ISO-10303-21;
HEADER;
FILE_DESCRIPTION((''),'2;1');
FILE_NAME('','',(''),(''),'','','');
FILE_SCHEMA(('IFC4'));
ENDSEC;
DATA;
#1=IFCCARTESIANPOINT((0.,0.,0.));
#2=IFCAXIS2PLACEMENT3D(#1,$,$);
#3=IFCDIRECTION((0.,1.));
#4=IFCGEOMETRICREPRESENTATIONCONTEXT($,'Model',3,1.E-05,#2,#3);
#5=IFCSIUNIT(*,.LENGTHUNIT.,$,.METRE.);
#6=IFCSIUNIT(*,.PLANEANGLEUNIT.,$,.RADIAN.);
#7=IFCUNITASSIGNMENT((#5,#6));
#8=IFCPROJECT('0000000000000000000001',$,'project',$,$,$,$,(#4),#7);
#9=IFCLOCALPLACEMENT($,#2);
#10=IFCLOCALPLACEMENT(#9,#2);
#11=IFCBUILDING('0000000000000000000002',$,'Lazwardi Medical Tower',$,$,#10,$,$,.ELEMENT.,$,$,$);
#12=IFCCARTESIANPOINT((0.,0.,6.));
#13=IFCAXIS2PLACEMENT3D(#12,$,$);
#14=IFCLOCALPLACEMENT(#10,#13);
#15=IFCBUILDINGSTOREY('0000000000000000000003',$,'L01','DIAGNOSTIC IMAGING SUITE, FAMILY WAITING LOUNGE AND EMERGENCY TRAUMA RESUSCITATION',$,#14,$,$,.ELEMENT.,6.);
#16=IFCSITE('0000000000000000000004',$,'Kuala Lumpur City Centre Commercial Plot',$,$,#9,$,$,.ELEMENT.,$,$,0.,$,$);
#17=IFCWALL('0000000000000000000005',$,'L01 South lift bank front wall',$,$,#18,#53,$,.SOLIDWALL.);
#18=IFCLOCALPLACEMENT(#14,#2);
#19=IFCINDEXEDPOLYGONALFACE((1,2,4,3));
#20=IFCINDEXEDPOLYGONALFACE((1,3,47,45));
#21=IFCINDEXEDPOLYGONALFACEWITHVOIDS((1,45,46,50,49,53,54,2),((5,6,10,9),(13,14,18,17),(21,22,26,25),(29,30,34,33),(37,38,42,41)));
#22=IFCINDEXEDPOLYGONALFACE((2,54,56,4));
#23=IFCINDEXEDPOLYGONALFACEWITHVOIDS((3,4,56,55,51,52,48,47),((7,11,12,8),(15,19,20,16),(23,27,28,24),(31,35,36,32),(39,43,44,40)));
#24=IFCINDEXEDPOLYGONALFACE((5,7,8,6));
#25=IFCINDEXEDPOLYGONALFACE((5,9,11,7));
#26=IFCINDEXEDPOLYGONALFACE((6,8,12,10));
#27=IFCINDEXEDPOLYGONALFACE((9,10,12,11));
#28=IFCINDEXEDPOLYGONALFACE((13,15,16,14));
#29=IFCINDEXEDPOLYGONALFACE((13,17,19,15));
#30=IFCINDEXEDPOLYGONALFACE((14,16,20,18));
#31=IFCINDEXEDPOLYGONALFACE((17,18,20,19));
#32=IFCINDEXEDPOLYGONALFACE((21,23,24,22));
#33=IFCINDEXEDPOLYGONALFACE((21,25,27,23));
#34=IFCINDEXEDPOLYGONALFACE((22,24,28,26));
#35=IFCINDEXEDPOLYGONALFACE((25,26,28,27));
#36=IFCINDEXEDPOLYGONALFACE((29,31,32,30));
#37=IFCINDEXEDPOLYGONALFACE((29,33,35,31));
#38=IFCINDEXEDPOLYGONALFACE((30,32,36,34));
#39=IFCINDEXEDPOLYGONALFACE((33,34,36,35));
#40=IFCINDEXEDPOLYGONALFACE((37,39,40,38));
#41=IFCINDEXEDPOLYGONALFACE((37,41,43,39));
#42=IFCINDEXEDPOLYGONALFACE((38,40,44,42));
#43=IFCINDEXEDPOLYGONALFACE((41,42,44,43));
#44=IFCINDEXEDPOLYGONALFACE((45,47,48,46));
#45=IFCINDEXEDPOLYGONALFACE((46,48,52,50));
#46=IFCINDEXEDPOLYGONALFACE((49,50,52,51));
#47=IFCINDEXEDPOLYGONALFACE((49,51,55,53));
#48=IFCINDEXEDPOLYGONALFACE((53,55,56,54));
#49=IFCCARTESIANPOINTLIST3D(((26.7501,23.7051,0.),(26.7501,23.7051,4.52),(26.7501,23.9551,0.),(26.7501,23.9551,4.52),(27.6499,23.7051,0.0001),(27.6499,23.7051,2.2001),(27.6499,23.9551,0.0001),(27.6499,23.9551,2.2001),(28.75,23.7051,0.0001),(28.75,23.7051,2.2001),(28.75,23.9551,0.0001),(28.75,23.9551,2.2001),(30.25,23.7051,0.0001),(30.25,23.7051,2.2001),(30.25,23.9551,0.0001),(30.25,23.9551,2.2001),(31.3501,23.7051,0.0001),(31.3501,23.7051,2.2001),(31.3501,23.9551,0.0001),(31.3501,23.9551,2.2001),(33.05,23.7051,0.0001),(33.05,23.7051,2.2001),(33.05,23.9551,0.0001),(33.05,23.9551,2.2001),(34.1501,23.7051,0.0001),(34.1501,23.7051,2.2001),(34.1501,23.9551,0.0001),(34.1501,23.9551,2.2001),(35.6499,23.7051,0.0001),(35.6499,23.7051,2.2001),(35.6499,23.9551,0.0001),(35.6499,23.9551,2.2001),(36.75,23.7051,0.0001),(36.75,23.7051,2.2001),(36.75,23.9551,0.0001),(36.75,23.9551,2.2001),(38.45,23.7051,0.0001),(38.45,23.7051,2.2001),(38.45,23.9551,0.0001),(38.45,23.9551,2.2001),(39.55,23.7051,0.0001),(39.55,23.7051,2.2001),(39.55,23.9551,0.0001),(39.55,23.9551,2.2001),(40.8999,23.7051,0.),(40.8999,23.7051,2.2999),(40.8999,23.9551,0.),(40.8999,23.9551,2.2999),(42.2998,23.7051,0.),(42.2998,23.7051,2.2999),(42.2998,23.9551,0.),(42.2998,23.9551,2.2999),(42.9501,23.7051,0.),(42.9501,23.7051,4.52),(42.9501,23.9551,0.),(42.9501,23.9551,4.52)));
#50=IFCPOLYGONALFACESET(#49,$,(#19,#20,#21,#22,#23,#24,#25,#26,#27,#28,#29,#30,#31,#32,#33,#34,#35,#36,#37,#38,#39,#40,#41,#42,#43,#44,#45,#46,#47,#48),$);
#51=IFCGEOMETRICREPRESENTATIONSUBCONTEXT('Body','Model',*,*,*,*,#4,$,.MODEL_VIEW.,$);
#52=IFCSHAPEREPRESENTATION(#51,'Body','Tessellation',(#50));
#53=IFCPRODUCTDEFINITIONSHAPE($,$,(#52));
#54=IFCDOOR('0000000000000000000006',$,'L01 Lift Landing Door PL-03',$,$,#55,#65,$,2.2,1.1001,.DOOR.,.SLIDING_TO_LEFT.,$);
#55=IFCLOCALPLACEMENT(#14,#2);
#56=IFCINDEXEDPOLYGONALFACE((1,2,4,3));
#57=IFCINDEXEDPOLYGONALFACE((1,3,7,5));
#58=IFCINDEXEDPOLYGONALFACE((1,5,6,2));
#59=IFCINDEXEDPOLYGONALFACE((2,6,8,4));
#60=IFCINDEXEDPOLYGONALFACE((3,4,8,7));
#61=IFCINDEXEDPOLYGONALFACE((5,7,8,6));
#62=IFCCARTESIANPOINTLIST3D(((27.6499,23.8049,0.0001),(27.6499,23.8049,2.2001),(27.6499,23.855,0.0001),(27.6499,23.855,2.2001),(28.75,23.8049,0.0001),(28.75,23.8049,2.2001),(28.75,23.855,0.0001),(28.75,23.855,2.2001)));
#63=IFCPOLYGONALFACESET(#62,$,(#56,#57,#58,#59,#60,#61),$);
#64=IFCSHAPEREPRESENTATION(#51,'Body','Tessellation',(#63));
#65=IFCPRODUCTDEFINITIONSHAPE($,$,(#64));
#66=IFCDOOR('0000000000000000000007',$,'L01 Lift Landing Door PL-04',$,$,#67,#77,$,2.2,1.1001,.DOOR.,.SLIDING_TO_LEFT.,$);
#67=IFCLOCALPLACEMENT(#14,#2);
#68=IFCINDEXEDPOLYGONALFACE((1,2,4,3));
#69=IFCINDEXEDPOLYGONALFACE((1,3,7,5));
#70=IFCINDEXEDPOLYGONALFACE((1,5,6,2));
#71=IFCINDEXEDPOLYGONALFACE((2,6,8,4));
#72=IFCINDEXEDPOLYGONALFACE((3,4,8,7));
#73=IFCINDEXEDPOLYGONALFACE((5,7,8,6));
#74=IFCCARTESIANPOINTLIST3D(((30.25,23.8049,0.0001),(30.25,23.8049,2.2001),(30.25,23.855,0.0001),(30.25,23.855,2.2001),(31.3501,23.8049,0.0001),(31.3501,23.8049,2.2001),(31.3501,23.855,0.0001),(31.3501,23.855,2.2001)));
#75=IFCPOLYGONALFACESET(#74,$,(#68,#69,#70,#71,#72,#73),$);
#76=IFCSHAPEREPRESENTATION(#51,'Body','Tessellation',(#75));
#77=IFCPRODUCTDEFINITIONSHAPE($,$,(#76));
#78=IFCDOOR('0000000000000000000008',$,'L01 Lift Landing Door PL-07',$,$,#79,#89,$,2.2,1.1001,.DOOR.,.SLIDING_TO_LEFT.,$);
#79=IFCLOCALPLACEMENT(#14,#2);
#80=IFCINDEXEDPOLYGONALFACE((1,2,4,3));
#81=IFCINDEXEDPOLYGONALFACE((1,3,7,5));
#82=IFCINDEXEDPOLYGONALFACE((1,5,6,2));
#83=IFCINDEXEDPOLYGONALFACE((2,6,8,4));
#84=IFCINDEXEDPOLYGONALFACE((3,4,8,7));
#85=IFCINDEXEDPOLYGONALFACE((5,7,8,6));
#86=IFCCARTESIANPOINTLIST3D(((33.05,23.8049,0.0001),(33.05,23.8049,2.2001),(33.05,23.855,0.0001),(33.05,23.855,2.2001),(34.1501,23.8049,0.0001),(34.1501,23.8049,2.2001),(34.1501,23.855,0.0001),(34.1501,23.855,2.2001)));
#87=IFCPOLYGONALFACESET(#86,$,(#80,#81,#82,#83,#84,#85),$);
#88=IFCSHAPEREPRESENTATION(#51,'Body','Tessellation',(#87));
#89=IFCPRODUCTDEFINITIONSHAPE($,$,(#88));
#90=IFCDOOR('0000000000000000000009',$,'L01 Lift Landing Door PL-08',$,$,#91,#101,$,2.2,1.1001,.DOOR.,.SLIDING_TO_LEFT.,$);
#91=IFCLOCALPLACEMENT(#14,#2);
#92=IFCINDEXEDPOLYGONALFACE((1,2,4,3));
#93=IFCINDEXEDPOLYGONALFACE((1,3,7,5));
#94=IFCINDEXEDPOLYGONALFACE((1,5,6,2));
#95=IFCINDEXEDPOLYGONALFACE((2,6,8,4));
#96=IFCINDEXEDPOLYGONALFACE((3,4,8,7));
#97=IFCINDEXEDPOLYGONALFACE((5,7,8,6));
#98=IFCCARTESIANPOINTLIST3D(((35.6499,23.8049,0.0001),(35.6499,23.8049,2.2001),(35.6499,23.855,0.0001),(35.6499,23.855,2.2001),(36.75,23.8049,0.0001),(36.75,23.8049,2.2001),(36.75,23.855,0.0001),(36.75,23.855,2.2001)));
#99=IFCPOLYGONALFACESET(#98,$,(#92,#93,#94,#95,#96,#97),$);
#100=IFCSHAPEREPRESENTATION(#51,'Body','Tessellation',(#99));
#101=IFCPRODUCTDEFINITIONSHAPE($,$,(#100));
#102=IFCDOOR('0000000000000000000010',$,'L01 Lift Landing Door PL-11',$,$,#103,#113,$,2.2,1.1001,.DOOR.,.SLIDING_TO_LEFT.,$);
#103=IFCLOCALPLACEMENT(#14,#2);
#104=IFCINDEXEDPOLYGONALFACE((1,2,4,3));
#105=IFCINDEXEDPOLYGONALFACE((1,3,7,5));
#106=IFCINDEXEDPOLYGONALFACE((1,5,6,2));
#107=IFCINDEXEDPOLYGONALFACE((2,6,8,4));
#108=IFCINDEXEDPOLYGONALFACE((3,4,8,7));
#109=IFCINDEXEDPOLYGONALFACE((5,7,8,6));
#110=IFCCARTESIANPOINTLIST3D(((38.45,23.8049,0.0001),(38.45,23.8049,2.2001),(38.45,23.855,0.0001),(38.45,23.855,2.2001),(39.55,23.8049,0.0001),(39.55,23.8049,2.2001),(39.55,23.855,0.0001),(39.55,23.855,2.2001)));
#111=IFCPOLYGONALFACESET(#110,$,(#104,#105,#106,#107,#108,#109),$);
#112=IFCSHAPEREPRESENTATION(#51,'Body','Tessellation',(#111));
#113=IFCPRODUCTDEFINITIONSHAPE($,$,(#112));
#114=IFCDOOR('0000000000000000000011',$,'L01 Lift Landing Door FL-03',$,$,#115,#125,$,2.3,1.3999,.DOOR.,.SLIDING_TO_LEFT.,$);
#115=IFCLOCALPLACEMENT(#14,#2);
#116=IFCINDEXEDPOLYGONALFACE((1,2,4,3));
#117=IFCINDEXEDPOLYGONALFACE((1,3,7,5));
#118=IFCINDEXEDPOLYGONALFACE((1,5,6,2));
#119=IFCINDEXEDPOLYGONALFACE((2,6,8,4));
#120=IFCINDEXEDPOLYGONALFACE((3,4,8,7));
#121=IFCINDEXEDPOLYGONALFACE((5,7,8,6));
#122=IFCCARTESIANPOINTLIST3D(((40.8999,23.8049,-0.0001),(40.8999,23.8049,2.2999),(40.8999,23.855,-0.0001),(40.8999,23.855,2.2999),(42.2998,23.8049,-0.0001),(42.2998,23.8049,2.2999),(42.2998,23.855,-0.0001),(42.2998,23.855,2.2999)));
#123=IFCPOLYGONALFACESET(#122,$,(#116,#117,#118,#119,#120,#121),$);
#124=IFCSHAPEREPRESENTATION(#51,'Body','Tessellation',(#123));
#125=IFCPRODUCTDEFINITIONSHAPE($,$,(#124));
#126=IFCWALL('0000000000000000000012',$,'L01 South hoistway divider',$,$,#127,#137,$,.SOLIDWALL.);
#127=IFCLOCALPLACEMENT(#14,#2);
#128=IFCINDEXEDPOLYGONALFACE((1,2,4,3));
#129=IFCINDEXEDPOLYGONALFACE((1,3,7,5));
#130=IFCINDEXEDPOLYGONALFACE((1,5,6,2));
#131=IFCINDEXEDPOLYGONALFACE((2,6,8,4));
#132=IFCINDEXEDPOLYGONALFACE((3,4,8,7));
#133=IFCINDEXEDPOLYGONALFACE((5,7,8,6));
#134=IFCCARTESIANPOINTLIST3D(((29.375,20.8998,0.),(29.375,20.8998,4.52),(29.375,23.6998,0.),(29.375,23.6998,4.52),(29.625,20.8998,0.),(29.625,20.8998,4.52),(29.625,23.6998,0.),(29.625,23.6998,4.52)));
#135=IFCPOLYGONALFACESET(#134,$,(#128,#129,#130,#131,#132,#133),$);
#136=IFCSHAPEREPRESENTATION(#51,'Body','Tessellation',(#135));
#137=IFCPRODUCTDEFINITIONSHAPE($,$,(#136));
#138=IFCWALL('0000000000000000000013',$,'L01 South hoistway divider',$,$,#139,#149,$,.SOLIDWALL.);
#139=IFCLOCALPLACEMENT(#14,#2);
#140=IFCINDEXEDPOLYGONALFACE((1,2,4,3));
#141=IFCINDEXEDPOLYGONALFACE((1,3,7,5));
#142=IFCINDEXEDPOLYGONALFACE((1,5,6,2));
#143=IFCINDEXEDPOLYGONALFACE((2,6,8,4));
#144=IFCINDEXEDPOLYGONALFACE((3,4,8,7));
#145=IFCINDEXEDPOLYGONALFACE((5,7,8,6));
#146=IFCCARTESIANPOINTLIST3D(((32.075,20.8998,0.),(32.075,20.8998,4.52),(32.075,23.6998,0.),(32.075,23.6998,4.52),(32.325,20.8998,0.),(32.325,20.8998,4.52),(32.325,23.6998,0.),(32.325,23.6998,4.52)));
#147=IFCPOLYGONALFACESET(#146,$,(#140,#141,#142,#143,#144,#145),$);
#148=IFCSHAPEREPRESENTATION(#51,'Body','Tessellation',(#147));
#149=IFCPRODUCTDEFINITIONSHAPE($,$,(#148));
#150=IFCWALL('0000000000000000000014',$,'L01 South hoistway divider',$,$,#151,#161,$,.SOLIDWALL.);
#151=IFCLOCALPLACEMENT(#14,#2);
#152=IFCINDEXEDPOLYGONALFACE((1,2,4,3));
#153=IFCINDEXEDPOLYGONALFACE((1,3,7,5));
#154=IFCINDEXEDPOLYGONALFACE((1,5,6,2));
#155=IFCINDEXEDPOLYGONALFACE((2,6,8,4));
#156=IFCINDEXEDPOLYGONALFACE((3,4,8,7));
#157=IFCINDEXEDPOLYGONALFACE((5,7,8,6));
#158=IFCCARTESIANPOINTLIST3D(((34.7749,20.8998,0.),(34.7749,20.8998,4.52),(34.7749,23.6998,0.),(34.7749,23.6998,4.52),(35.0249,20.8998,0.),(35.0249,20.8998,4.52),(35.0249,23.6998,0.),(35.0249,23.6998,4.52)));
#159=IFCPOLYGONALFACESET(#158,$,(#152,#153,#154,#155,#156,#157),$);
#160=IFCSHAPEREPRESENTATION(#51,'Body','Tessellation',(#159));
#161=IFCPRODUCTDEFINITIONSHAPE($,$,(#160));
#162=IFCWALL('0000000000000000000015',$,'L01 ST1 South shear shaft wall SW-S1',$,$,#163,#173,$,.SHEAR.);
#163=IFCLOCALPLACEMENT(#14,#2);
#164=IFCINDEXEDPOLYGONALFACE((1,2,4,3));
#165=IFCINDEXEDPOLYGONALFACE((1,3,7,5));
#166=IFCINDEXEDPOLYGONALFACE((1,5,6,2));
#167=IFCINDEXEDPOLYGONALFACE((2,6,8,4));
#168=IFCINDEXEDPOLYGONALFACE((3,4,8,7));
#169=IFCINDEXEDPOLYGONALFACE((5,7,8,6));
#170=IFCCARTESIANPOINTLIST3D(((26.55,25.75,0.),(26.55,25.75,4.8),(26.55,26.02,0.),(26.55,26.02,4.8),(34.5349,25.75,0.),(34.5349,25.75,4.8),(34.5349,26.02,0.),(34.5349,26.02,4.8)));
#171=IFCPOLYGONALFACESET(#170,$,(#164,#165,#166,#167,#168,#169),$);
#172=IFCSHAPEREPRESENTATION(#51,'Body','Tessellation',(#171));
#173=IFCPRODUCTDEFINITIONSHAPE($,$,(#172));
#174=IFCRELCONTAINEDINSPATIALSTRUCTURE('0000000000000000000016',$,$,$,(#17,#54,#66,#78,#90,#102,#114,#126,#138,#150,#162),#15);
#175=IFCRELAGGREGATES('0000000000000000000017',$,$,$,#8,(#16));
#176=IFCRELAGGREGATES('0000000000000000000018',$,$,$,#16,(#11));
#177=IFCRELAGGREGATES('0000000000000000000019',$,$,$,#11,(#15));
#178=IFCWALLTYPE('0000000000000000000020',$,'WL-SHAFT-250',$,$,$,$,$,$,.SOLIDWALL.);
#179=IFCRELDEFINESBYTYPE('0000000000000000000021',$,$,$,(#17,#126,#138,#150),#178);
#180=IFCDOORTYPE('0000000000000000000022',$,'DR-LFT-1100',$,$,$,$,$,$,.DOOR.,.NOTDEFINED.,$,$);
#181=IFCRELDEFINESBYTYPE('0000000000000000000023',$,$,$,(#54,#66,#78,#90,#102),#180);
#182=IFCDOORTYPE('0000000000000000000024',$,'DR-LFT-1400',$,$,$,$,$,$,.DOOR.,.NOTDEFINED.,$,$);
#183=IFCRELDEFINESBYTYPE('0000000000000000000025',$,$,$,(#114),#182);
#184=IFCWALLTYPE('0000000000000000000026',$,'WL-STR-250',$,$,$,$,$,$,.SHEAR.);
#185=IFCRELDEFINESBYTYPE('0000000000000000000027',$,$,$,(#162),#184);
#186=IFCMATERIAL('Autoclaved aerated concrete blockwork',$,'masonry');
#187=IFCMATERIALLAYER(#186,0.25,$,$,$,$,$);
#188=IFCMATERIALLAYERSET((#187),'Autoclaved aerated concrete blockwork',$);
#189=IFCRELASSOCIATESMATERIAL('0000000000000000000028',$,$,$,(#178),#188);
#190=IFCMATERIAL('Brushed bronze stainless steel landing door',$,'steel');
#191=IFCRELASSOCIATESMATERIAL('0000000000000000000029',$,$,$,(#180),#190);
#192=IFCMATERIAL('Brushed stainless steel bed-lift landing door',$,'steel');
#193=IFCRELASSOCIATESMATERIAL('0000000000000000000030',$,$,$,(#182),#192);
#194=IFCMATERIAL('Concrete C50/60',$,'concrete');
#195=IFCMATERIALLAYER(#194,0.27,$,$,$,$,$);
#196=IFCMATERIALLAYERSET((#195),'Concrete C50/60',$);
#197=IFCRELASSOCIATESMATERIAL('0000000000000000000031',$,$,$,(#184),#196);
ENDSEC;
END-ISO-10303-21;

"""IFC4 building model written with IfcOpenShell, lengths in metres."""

from ifc_helpers import new_model, si_unit, direction, frame, frame_2d, origin, place, context, subcontext, project, spatial, rectangle, extrude, material, layer, layer_set, type_object, element, fill, save


model = new_model("IFC4")

# Units and contexts
model_context = context("Model", 3, precision=1e-05, world=origin(), true_north=direction((0.0, 1.0)))
body_context = subcontext(model_context, "Body", "Model", "MODEL_VIEW")
ifc_project = project(units=[si_unit("LENGTHUNIT", "METRE"), si_unit("PLANEANGLEUNIT", "RADIAN")], contexts=[model_context])

# Site, building, storey
site_placement = place(None, origin())
site = spatial("IfcSite", under=ifc_project, at=site_placement, Name="Kuala Lumpur City Centre Commercial Plot", CompositionType="ELEMENT", RefElevation=0.0)
building_placement = place(site_placement, origin())
building = spatial("IfcBuilding", under=site, at=building_placement, Name="Lazwardi Medical Tower", CompositionType="ELEMENT")
storey_placement = place(building_placement, frame((0.0, 0.0, 6.0)))
storey = spatial("IfcBuildingStorey", under=building, at=storey_placement, Name="L01", Description="DIAGNOSTIC IMAGING SUITE, FAMILY WAITING LOUNGE AND EMERGENCY TRAUMA RESUSCITATION", CompositionType="ELEMENT", Elevation=6.0)

# Wall, openings, doors
ifc_material_1 = material(Name="Autoclaved aerated concrete blockwork", Category="masonry")
ifc_layer_1 = layer(ifc_material_1, 0.25)
ifc_layer_set_1 = layer_set([ifc_layer_1], Name="Autoclaved aerated concrete blockwork")
wall_type_1 = type_object("IfcWallType", Name="WL-SHAFT-250", PredefinedType="SOLIDWALL", material=ifc_layer_set_1)
wall_1_placement = place(storey_placement, frame((26.75, 23.8301, 0.0), z_axis=(0.0, 0.0, 1.0), x_axis=(1.0, 0.0, 0.0)))
wall_1 = element("IfcWall", 1, at=wall_1_placement, inside=storey, type_object=wall_type_1, Name="L01 South lift bank front wall", PredefinedType="SOLIDWALL", context=body_context, shape_type="SweptSolid", body=[
    extrude(rectangle(XDim=16.2, YDim=0.25, at=frame_2d((8.1001, 0.0))), origin(), (0.0, 0.0, 1.0), 4.52),
])
opening_1_placement = place(wall_1_placement, frame((0.8999, 0.0, 0.0)))
opening_1 = element("IfcOpeningElement", 2, at=opening_1_placement, cuts=wall_1, PredefinedType="OPENING", context=body_context, shape_type="SweptSolid", body=[
    extrude(rectangle(XDim=1.1001, YDim=2.2, at=frame_2d((0.55, 1.1001))), frame((0.0, 0.135, 0.0), z_axis=(0.0, -1.0, 0.0), x_axis=(1.0, 0.0, 0.0)), (0.0, 0.0, 1.0), 0.27),
])
opening_2_placement = place(wall_1_placement, frame((3.5, 0.0, 0.0)))
opening_2 = element("IfcOpeningElement", 3, at=opening_2_placement, cuts=wall_1, PredefinedType="OPENING", context=body_context, shape_type="SweptSolid", body=[
    extrude(rectangle(XDim=1.1001, YDim=2.2, at=frame_2d((0.55, 1.1001))), frame((0.0, 0.135, 0.0), z_axis=(0.0, -1.0, 0.0), x_axis=(1.0, 0.0, 0.0)), (0.0, 0.0, 1.0), 0.27),
])
opening_3_placement = place(wall_1_placement, frame((6.3, 0.0, 0.0)))
opening_3 = element("IfcOpeningElement", 4, at=opening_3_placement, cuts=wall_1, PredefinedType="OPENING", context=body_context, shape_type="SweptSolid", body=[
    extrude(rectangle(XDim=1.1001, YDim=2.2, at=frame_2d((0.55, 1.1001))), frame((0.0, 0.135, 0.0), z_axis=(0.0, -1.0, 0.0), x_axis=(1.0, 0.0, 0.0)), (0.0, 0.0, 1.0), 0.27),
])
opening_4_placement = place(wall_1_placement, frame((8.8999, 0.0, 0.0)))
opening_4 = element("IfcOpeningElement", 5, at=opening_4_placement, cuts=wall_1, PredefinedType="OPENING", context=body_context, shape_type="SweptSolid", body=[
    extrude(rectangle(XDim=1.1001, YDim=2.2, at=frame_2d((0.55, 1.1001))), frame((0.0, 0.135, 0.0), z_axis=(0.0, -1.0, 0.0), x_axis=(1.0, 0.0, 0.0)), (0.0, 0.0, 1.0), 0.27),
])
opening_5_placement = place(wall_1_placement, frame((11.7, 0.0, 0.0)))
opening_5 = element("IfcOpeningElement", 6, at=opening_5_placement, cuts=wall_1, PredefinedType="OPENING", context=body_context, shape_type="SweptSolid", body=[
    extrude(rectangle(XDim=1.1001, YDim=2.2, at=frame_2d((0.55, 1.1001))), frame((0.0, 0.135, 0.0), z_axis=(0.0, -1.0, 0.0), x_axis=(1.0, 0.0, 0.0)), (0.0, 0.0, 1.0), 0.27),
])
opening_6_placement = place(wall_1_placement, frame((14.1499, 0.0, 0.0)))
opening_6 = element("IfcOpeningElement", 7, at=opening_6_placement, cuts=wall_1, PredefinedType="OPENING", context=body_context, shape_type="SweptSolid", body=[
    extrude(rectangle(XDim=1.3999, YDim=2.3, at=frame_2d((0.7, 1.1499))), frame((0.0, 0.135, 0.0), z_axis=(0.0, -1.0, 0.0), x_axis=(1.0, 0.0, 0.0)), (0.0, 0.0, 1.0), 0.27),
])
ifc_material_2 = material(Name="Brushed bronze stainless steel landing door", Category="steel")
door_type_1 = type_object("IfcDoorType", Name="DR-LFT-1100", OperationType="NOTDEFINED", PredefinedType="DOOR", material=ifc_material_2)
door_1_placement = place(opening_1_placement, origin())
door_1 = element("IfcDoor", 8, at=door_1_placement, inside=storey, type_object=door_type_1, Name="L01 Lift Landing Door PL-03", OperationType="SLIDING_TO_LEFT", OverallHeight=2.2, OverallWidth=1.1001, PredefinedType="DOOR", context=body_context, shape_type="SweptSolid", body=[
    extrude(rectangle(XDim=1.1001, YDim=2.2, at=frame_2d((0.55, 1.1001))), frame((0.0, 0.0249, 0.0), z_axis=(0.0, -1.0, 0.0), x_axis=(1.0, 0.0, 0.0)), (0.0, 0.0, 1.0), 0.05),
])
fill(opening_1, door_1)
door_2_placement = place(opening_2_placement, origin())
door_2 = element("IfcDoor", 9, at=door_2_placement, inside=storey, type_object=door_type_1, Name="L01 Lift Landing Door PL-04", OperationType="SLIDING_TO_LEFT", OverallHeight=2.2, OverallWidth=1.1001, PredefinedType="DOOR", context=body_context, shape_type="SweptSolid", body=[
    extrude(rectangle(XDim=1.1001, YDim=2.2, at=frame_2d((0.55, 1.1001))), frame((0.0, 0.0249, 0.0), z_axis=(0.0, -1.0, 0.0), x_axis=(1.0, 0.0, 0.0)), (0.0, 0.0, 1.0), 0.05),
])
fill(opening_2, door_2)
door_3_placement = place(opening_3_placement, origin())
door_3 = element("IfcDoor", 10, at=door_3_placement, inside=storey, type_object=door_type_1, Name="L01 Lift Landing Door PL-07", OperationType="SLIDING_TO_LEFT", OverallHeight=2.2, OverallWidth=1.1001, PredefinedType="DOOR", context=body_context, shape_type="SweptSolid", body=[
    extrude(rectangle(XDim=1.1001, YDim=2.2, at=frame_2d((0.55, 1.1001))), frame((0.0, 0.0249, 0.0), z_axis=(0.0, -1.0, 0.0), x_axis=(1.0, 0.0, 0.0)), (0.0, 0.0, 1.0), 0.05),
])
fill(opening_3, door_3)
door_4_placement = place(opening_4_placement, origin())
door_4 = element("IfcDoor", 11, at=door_4_placement, inside=storey, type_object=door_type_1, Name="L01 Lift Landing Door PL-08", OperationType="SLIDING_TO_LEFT", OverallHeight=2.2, OverallWidth=1.1001, PredefinedType="DOOR", context=body_context, shape_type="SweptSolid", body=[
    extrude(rectangle(XDim=1.1001, YDim=2.2, at=frame_2d((0.55, 1.1001))), frame((0.0, 0.0249, 0.0), z_axis=(0.0, -1.0, 0.0), x_axis=(1.0, 0.0, 0.0)), (0.0, 0.0, 1.0), 0.05),
])
fill(opening_4, door_4)
door_5_placement = place(opening_5_placement, origin())
door_5 = element("IfcDoor", 12, at=door_5_placement, inside=storey, type_object=door_type_1, Name="L01 Lift Landing Door PL-11", OperationType="SLIDING_TO_LEFT", OverallHeight=2.2, OverallWidth=1.1001, PredefinedType="DOOR", context=body_context, shape_type="SweptSolid", body=[
    extrude(rectangle(XDim=1.1001, YDim=2.2, at=frame_2d((0.55, 1.1001))), frame((0.0, 0.0249, 0.0), z_axis=(0.0, -1.0, 0.0), x_axis=(1.0, 0.0, 0.0)), (0.0, 0.0, 1.0), 0.05),
])
fill(opening_5, door_5)
ifc_material_3 = material(Name="Brushed stainless steel bed-lift landing door", Category="steel")
door_type_2 = type_object("IfcDoorType", Name="DR-LFT-1400", OperationType="NOTDEFINED", PredefinedType="DOOR", material=ifc_material_3)
door_6_placement = place(opening_6_placement, origin())
door_6 = element("IfcDoor", 13, at=door_6_placement, inside=storey, type_object=door_type_2, Name="L01 Lift Landing Door FL-03", OperationType="SLIDING_TO_LEFT", OverallHeight=2.3, OverallWidth=1.3999, PredefinedType="DOOR", context=body_context, shape_type="SweptSolid", body=[
    extrude(rectangle(XDim=1.3999, YDim=2.3, at=frame_2d((0.7, 1.1499))), frame((0.0, 0.0249, 0.0), z_axis=(0.0, -1.0, 0.0), x_axis=(1.0, 0.0, 0.0)), (0.0, 0.0, 1.0), 0.05),
])
fill(opening_6, door_6)

# Walls
for number, where, z_axis, x_axis, name in (
    (14, (29.5, 20.8999, 0.0), (0.0, 0.0, 1.0), (0.0, 1.0, 0.0), "L01 South hoistway divider"),
    (15, (32.2, 20.8999, 0.0), (0.0, 0.0, 1.0), (0.0, 1.0, 0.0), "L01 South hoistway divider"),
    (16, (34.8999, 20.8999, 0.0), (0.0, 0.0, 1.0), (0.0, 1.0, 0.0), "L01 South hoistway divider"),
):
    element("IfcWall", number, at=place(storey_placement, frame(where, z_axis=z_axis, x_axis=x_axis)), inside=storey, type_object=wall_type_1, Name=name, PredefinedType="SOLIDWALL", context=body_context, shape_type="SweptSolid", body=[
        extrude(rectangle(XDim=2.8, YDim=0.25, at=frame_2d((1.3999, 0.0))), origin(), (0.0, 0.0, 1.0), 4.52),
    ])
ifc_material_4 = material(Name="Concrete C50/60", Category="concrete")
ifc_layer_2 = layer(ifc_material_4, 0.27)
ifc_layer_set_2 = layer_set([ifc_layer_2], Name="Concrete C50/60")
wall_type_2 = type_object("IfcWallType", Name="WL-STR-250", PredefinedType="SHEAR", material=ifc_layer_set_2)
wall_2_placement = place(storey_placement, frame((26.55, 25.885, 0.0), z_axis=(0.0, 0.0, 1.0), x_axis=(1.0, 0.0, 0.0)))
element("IfcWall", 17, at=wall_2_placement, inside=storey, type_object=wall_type_2, Name="L01 ST1 South shear shaft wall SW-S1", PredefinedType="SHEAR", context=body_context, shape_type="SweptSolid", body=[
    extrude(rectangle(XDim=7.9849, YDim=0.27, at=frame_2d((3.9924, 0.0))), origin(), (0.0, 0.0, 1.0), 4.8),
])

save(model, "model.ifc")
